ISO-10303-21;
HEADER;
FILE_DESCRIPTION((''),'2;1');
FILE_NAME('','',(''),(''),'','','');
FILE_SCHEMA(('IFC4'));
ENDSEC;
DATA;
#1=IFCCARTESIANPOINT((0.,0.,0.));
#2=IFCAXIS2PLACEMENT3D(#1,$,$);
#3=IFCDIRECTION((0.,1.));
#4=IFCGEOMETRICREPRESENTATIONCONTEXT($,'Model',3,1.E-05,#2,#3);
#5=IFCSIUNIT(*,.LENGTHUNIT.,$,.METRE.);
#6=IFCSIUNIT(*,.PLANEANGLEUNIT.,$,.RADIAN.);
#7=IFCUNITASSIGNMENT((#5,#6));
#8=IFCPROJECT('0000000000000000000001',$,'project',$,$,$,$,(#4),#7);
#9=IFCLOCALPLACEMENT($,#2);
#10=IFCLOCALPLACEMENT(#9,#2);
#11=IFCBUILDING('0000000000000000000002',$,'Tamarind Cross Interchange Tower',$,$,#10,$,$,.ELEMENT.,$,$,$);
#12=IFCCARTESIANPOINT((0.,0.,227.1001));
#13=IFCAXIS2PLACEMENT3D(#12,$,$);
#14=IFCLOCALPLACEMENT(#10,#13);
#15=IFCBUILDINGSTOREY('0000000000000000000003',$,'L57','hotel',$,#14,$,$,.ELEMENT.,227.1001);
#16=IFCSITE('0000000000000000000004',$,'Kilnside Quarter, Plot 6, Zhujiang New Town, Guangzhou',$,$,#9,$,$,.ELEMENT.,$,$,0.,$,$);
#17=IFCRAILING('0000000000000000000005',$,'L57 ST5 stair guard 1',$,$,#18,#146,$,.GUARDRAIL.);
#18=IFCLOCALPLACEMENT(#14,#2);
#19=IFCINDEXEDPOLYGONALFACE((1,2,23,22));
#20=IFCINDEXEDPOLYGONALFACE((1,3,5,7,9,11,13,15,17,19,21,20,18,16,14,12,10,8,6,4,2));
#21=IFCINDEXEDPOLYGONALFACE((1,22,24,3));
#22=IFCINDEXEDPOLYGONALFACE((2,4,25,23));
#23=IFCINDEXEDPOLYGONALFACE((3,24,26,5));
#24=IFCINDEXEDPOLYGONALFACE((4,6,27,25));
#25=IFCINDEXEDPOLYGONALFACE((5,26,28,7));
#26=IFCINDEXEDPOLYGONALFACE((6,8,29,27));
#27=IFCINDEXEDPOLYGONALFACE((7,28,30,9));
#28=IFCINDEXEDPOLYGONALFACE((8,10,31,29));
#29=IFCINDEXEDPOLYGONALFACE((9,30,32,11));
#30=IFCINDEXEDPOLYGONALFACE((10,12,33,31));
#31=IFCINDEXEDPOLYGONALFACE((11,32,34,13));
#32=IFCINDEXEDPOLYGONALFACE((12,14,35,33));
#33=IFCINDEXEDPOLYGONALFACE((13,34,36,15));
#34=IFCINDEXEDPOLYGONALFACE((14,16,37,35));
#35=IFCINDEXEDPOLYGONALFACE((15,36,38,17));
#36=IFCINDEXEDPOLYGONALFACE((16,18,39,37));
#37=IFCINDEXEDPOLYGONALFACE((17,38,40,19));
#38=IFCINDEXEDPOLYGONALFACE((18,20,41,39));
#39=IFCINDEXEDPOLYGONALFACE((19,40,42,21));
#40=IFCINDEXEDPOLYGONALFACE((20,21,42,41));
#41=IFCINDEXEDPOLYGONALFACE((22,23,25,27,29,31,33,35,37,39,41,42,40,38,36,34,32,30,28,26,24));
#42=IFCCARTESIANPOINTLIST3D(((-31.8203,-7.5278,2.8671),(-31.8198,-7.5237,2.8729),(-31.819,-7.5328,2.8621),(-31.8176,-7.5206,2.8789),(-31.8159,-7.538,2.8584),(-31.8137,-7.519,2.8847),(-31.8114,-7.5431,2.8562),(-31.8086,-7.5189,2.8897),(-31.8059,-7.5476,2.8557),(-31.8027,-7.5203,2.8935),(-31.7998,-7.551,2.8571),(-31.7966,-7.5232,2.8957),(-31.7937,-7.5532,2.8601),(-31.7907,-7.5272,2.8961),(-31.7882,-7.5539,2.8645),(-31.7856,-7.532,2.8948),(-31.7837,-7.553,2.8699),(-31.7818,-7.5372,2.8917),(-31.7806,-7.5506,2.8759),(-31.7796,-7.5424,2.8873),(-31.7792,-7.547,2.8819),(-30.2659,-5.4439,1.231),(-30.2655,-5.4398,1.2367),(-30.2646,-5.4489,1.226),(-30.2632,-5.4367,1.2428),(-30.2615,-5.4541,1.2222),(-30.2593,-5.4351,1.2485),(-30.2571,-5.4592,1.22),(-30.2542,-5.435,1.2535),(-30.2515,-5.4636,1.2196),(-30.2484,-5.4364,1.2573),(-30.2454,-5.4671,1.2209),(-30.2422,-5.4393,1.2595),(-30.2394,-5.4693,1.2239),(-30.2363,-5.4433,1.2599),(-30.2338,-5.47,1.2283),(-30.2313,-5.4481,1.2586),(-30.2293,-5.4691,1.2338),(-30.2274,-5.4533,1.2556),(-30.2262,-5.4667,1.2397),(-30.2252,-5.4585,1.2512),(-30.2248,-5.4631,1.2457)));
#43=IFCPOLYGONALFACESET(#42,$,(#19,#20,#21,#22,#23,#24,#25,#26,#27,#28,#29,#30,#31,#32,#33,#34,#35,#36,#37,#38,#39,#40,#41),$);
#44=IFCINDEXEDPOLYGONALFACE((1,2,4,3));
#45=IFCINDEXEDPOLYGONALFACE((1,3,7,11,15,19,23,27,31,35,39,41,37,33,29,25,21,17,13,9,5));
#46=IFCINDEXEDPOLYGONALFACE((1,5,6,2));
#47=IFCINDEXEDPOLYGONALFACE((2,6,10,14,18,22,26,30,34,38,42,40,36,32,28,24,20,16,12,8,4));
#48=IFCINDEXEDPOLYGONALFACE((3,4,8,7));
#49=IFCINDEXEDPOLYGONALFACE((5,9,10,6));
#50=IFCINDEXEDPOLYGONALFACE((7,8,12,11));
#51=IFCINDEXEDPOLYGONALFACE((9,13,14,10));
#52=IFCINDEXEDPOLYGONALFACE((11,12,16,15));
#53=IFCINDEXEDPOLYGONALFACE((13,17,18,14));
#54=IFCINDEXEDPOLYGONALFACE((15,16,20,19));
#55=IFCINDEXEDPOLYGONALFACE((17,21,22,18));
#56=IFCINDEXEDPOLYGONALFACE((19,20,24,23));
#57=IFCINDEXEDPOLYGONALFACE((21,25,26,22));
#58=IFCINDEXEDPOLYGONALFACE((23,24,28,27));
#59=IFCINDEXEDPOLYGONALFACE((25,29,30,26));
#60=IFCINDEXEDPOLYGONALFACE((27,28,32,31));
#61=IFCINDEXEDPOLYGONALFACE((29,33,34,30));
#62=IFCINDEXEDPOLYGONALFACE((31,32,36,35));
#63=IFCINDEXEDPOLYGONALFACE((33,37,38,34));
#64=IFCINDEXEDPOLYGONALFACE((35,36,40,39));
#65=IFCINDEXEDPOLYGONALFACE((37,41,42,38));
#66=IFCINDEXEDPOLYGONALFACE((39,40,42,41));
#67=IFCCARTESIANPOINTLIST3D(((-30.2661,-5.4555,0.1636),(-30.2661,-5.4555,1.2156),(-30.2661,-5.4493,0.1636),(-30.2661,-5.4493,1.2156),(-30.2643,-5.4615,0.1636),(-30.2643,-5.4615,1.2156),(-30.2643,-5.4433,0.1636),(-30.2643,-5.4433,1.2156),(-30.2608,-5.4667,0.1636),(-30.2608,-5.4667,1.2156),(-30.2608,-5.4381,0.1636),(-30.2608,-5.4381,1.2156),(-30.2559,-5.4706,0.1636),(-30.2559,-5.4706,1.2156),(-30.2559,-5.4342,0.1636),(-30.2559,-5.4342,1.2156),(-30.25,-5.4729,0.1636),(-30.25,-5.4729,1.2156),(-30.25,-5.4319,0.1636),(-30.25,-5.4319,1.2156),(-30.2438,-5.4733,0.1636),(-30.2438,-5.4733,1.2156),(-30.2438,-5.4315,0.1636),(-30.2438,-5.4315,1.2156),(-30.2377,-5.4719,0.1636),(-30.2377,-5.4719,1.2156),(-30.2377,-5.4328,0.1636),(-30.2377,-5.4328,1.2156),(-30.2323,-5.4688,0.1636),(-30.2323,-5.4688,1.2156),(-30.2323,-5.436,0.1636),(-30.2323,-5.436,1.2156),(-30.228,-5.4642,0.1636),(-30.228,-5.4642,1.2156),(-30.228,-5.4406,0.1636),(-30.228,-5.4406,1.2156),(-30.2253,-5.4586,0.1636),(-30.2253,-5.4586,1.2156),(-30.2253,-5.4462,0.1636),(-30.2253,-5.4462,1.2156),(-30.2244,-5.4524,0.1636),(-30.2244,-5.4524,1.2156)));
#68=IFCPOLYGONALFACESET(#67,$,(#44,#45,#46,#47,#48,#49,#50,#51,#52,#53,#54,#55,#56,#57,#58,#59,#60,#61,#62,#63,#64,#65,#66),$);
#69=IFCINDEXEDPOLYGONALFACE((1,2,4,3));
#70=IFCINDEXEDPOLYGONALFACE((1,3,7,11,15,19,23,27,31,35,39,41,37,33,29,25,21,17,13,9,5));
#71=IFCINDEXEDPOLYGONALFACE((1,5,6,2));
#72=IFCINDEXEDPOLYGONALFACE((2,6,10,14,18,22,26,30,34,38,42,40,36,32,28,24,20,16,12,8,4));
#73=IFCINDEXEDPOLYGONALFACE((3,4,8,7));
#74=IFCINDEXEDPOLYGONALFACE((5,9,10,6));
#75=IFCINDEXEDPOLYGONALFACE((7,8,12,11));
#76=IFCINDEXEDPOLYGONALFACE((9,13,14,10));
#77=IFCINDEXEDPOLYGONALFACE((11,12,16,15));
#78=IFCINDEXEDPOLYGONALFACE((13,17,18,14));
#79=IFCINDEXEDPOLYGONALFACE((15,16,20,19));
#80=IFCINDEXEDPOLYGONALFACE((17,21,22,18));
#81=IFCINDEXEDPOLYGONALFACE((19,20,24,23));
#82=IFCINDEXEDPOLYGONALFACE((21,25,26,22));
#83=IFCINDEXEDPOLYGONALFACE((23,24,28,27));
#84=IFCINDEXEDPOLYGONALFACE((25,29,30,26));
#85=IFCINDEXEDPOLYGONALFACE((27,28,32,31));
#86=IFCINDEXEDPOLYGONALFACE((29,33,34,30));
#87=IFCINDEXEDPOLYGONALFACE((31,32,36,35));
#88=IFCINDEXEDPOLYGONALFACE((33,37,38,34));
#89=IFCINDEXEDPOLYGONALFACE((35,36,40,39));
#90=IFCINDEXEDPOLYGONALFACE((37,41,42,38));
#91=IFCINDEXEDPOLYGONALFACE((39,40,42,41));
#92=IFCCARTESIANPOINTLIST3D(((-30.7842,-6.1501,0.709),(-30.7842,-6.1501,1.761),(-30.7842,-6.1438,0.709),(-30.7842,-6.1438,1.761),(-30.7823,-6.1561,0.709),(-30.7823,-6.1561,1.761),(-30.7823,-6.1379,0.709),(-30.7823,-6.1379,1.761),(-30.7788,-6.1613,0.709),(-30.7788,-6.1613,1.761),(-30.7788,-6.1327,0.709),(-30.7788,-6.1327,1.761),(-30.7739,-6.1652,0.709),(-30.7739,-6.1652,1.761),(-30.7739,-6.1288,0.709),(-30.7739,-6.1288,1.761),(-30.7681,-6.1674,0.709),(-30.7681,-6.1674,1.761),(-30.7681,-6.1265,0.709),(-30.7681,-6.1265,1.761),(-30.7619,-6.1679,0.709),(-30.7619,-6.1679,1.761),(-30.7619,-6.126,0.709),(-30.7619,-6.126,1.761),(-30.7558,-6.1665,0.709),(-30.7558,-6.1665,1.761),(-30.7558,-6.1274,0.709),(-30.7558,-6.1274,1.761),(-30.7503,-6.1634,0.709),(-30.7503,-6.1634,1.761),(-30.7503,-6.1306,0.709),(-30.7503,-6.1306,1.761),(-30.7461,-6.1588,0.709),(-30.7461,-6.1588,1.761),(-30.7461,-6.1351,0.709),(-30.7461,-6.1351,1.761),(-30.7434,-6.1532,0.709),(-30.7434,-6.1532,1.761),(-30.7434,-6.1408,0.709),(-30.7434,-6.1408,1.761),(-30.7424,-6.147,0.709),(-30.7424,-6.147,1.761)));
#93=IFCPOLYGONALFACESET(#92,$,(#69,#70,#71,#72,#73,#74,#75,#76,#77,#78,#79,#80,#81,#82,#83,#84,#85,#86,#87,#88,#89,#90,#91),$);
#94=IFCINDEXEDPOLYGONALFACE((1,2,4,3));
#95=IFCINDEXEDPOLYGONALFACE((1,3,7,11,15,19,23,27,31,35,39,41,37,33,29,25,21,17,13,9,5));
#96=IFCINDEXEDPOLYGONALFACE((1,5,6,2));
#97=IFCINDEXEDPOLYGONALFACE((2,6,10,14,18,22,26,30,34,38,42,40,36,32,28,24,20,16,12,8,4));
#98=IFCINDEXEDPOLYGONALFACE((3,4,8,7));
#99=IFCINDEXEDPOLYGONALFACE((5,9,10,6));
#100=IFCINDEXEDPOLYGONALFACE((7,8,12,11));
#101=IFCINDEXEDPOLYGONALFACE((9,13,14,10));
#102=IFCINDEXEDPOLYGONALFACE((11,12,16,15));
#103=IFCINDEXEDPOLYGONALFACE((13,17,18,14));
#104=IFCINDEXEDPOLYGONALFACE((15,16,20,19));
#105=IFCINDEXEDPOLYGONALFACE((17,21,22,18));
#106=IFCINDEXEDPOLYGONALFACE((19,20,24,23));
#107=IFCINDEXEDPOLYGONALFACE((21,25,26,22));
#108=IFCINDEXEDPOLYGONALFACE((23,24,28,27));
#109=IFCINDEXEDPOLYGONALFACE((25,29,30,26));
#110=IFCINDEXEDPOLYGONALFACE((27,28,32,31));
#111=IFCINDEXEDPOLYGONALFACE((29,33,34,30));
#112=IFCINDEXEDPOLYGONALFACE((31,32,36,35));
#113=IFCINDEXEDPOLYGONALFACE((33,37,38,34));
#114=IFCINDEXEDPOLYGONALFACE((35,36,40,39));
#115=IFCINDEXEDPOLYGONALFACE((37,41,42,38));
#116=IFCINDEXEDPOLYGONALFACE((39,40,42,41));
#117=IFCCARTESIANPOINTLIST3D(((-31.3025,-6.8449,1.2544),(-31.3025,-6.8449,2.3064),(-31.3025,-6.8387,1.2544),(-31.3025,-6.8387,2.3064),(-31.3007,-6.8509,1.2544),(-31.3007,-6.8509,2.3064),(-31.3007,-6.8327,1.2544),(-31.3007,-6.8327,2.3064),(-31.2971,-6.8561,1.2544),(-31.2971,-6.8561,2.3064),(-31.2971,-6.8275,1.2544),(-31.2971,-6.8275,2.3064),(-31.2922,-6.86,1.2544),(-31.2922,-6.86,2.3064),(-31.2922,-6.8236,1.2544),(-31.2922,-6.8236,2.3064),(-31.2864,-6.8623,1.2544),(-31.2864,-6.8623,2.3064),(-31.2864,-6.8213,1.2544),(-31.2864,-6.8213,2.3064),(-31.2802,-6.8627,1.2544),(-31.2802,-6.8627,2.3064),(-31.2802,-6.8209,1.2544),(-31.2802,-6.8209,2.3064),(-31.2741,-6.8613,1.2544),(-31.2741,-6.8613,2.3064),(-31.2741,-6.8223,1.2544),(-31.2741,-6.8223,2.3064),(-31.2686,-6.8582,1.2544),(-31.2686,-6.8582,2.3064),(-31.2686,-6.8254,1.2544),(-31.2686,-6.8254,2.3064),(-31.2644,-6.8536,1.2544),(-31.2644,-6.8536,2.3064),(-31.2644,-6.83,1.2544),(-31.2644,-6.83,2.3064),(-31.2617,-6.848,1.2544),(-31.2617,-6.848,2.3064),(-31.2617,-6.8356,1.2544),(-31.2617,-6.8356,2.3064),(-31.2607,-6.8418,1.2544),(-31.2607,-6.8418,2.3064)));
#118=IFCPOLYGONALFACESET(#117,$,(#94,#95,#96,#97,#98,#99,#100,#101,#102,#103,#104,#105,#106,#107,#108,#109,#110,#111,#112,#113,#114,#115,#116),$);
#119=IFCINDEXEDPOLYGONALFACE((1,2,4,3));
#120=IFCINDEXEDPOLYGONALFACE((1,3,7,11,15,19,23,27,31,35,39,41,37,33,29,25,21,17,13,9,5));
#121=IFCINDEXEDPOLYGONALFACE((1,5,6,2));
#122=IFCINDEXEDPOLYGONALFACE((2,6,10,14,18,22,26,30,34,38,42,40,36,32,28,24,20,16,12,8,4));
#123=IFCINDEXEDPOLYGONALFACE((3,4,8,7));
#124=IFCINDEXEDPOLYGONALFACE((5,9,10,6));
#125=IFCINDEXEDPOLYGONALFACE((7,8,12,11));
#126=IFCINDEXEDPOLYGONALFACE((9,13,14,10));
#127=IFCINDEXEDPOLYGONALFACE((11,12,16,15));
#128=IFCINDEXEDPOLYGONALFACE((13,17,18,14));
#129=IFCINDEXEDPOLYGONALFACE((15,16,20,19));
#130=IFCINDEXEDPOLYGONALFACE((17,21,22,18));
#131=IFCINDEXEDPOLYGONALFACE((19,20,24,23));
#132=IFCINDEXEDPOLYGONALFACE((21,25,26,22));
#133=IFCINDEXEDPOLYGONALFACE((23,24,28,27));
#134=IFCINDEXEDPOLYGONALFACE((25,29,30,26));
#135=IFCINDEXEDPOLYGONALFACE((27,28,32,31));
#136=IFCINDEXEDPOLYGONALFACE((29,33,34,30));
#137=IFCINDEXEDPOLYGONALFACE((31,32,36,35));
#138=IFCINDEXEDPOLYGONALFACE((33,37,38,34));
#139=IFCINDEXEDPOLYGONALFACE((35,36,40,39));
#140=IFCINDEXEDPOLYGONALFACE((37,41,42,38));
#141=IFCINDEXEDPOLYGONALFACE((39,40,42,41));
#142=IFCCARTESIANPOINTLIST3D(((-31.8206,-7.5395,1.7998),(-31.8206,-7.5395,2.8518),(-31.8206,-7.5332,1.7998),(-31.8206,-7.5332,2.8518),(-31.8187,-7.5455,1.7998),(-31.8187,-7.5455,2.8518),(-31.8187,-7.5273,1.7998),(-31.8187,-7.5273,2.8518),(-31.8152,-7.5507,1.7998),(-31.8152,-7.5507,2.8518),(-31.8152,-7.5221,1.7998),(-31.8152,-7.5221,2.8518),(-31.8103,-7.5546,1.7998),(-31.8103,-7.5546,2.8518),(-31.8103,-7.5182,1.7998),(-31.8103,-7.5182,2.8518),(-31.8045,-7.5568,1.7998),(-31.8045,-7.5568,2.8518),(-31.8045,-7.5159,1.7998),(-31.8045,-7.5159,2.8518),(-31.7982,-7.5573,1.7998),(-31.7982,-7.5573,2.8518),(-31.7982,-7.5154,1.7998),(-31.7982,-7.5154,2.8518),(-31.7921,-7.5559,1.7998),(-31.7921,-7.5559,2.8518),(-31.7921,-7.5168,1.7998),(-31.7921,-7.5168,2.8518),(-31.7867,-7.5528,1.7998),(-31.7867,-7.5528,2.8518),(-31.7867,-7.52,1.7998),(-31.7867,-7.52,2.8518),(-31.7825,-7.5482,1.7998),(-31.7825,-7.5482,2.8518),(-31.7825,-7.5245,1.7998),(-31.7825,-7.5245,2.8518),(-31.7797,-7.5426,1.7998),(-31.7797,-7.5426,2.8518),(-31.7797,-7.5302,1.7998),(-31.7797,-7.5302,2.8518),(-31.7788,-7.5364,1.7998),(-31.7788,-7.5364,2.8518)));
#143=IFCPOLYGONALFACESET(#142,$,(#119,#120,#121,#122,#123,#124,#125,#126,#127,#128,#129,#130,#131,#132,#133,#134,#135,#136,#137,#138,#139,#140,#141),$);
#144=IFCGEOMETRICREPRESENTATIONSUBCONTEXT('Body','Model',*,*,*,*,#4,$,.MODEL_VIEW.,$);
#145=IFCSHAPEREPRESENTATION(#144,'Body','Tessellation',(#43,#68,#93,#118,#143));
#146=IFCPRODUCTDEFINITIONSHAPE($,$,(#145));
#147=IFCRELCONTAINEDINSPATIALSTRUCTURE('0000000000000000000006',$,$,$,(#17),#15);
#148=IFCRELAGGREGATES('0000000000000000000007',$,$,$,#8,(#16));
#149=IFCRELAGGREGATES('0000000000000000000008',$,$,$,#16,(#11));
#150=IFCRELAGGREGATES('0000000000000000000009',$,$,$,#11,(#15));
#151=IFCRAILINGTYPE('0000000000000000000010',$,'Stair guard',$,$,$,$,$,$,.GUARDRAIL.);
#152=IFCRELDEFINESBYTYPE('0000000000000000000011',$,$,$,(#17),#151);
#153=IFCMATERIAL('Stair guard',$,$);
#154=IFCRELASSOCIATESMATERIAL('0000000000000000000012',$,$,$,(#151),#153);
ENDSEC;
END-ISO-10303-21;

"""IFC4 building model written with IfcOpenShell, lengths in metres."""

from ifc_helpers import new_model, si_unit, direction, frame, origin, origin_2d, place, context, subcontext, project, spatial, circle, extrude, material, type_object, element, save


model = new_model("IFC4")

# Units and contexts
model_context = context("Model", 3, precision=1e-05, world=origin(), true_north=direction((0.0, 1.0)))
body_context = subcontext(model_context, "Body", "Model", "MODEL_VIEW")
ifc_project = project(units=[si_unit("LENGTHUNIT", "METRE"), si_unit("PLANEANGLEUNIT", "RADIAN")], contexts=[model_context])

# Site, building, storey
site_placement = place(None, origin())
site = spatial("IfcSite", under=ifc_project, at=site_placement, Name="Kilnside Quarter, Plot 6, Zhujiang New Town, Guangzhou", CompositionType="ELEMENT", RefElevation=0.0)
building_placement = place(site_placement, origin())
building = spatial("IfcBuilding", under=site, at=building_placement, Name="Tamarind Cross Interchange Tower", CompositionType="ELEMENT")
storey_placement = place(building_placement, frame((0.0, 0.0, 227.1001)))
storey = spatial("IfcBuildingStorey", under=building, at=storey_placement, Name="L57", Description="hotel", CompositionType="ELEMENT", Elevation=227.1001)

# Railing
ifc_material_1 = material(Name="Stair guard")
railing_type_1 = type_object("IfcRailingType", Name="Stair guard", PredefinedType="GUARDRAIL", material=ifc_material_1)
railing_1_placement = place(storey_placement, frame((-30.2454, -5.4524, 0.1636)))
element("IfcRailing", 1, at=railing_1_placement, inside=storey, type_object=railing_type_1, Name="L57 ST5 stair guard 1", PredefinedType="GUARDRAIL", context=body_context, shape_type="SweptSolid", body=[
    extrude(circle(Radius=0.0239, at=origin_2d()), frame((0.0, 0.0, 1.0762), z_axis=(-0.506021, -0.678404, 0.532645), x_axis=(0.801575, -0.597894, 0.0)), (0.0, 0.0, 1.0), 3.0718),
    extrude(circle(Radius=0.021, at=origin_2d()), origin(), (0.0, 0.0, 1.0), 1.052),
    extrude(circle(Radius=0.021, at=origin_2d()), frame((-0.5181, -0.6946, 0.5454)), (0.0, 0.0, 1.0), 1.052),
    extrude(circle(Radius=0.021, at=origin_2d()), frame((-1.0364, -1.3894, 1.0908)), (0.0, 0.0, 1.0), 1.052),
    extrude(circle(Radius=0.021, at=origin_2d()), frame((-1.5544, -2.084, 1.6362)), (0.0, 0.0, 1.0), 1.052),
])

save(model, "model.ifc")
